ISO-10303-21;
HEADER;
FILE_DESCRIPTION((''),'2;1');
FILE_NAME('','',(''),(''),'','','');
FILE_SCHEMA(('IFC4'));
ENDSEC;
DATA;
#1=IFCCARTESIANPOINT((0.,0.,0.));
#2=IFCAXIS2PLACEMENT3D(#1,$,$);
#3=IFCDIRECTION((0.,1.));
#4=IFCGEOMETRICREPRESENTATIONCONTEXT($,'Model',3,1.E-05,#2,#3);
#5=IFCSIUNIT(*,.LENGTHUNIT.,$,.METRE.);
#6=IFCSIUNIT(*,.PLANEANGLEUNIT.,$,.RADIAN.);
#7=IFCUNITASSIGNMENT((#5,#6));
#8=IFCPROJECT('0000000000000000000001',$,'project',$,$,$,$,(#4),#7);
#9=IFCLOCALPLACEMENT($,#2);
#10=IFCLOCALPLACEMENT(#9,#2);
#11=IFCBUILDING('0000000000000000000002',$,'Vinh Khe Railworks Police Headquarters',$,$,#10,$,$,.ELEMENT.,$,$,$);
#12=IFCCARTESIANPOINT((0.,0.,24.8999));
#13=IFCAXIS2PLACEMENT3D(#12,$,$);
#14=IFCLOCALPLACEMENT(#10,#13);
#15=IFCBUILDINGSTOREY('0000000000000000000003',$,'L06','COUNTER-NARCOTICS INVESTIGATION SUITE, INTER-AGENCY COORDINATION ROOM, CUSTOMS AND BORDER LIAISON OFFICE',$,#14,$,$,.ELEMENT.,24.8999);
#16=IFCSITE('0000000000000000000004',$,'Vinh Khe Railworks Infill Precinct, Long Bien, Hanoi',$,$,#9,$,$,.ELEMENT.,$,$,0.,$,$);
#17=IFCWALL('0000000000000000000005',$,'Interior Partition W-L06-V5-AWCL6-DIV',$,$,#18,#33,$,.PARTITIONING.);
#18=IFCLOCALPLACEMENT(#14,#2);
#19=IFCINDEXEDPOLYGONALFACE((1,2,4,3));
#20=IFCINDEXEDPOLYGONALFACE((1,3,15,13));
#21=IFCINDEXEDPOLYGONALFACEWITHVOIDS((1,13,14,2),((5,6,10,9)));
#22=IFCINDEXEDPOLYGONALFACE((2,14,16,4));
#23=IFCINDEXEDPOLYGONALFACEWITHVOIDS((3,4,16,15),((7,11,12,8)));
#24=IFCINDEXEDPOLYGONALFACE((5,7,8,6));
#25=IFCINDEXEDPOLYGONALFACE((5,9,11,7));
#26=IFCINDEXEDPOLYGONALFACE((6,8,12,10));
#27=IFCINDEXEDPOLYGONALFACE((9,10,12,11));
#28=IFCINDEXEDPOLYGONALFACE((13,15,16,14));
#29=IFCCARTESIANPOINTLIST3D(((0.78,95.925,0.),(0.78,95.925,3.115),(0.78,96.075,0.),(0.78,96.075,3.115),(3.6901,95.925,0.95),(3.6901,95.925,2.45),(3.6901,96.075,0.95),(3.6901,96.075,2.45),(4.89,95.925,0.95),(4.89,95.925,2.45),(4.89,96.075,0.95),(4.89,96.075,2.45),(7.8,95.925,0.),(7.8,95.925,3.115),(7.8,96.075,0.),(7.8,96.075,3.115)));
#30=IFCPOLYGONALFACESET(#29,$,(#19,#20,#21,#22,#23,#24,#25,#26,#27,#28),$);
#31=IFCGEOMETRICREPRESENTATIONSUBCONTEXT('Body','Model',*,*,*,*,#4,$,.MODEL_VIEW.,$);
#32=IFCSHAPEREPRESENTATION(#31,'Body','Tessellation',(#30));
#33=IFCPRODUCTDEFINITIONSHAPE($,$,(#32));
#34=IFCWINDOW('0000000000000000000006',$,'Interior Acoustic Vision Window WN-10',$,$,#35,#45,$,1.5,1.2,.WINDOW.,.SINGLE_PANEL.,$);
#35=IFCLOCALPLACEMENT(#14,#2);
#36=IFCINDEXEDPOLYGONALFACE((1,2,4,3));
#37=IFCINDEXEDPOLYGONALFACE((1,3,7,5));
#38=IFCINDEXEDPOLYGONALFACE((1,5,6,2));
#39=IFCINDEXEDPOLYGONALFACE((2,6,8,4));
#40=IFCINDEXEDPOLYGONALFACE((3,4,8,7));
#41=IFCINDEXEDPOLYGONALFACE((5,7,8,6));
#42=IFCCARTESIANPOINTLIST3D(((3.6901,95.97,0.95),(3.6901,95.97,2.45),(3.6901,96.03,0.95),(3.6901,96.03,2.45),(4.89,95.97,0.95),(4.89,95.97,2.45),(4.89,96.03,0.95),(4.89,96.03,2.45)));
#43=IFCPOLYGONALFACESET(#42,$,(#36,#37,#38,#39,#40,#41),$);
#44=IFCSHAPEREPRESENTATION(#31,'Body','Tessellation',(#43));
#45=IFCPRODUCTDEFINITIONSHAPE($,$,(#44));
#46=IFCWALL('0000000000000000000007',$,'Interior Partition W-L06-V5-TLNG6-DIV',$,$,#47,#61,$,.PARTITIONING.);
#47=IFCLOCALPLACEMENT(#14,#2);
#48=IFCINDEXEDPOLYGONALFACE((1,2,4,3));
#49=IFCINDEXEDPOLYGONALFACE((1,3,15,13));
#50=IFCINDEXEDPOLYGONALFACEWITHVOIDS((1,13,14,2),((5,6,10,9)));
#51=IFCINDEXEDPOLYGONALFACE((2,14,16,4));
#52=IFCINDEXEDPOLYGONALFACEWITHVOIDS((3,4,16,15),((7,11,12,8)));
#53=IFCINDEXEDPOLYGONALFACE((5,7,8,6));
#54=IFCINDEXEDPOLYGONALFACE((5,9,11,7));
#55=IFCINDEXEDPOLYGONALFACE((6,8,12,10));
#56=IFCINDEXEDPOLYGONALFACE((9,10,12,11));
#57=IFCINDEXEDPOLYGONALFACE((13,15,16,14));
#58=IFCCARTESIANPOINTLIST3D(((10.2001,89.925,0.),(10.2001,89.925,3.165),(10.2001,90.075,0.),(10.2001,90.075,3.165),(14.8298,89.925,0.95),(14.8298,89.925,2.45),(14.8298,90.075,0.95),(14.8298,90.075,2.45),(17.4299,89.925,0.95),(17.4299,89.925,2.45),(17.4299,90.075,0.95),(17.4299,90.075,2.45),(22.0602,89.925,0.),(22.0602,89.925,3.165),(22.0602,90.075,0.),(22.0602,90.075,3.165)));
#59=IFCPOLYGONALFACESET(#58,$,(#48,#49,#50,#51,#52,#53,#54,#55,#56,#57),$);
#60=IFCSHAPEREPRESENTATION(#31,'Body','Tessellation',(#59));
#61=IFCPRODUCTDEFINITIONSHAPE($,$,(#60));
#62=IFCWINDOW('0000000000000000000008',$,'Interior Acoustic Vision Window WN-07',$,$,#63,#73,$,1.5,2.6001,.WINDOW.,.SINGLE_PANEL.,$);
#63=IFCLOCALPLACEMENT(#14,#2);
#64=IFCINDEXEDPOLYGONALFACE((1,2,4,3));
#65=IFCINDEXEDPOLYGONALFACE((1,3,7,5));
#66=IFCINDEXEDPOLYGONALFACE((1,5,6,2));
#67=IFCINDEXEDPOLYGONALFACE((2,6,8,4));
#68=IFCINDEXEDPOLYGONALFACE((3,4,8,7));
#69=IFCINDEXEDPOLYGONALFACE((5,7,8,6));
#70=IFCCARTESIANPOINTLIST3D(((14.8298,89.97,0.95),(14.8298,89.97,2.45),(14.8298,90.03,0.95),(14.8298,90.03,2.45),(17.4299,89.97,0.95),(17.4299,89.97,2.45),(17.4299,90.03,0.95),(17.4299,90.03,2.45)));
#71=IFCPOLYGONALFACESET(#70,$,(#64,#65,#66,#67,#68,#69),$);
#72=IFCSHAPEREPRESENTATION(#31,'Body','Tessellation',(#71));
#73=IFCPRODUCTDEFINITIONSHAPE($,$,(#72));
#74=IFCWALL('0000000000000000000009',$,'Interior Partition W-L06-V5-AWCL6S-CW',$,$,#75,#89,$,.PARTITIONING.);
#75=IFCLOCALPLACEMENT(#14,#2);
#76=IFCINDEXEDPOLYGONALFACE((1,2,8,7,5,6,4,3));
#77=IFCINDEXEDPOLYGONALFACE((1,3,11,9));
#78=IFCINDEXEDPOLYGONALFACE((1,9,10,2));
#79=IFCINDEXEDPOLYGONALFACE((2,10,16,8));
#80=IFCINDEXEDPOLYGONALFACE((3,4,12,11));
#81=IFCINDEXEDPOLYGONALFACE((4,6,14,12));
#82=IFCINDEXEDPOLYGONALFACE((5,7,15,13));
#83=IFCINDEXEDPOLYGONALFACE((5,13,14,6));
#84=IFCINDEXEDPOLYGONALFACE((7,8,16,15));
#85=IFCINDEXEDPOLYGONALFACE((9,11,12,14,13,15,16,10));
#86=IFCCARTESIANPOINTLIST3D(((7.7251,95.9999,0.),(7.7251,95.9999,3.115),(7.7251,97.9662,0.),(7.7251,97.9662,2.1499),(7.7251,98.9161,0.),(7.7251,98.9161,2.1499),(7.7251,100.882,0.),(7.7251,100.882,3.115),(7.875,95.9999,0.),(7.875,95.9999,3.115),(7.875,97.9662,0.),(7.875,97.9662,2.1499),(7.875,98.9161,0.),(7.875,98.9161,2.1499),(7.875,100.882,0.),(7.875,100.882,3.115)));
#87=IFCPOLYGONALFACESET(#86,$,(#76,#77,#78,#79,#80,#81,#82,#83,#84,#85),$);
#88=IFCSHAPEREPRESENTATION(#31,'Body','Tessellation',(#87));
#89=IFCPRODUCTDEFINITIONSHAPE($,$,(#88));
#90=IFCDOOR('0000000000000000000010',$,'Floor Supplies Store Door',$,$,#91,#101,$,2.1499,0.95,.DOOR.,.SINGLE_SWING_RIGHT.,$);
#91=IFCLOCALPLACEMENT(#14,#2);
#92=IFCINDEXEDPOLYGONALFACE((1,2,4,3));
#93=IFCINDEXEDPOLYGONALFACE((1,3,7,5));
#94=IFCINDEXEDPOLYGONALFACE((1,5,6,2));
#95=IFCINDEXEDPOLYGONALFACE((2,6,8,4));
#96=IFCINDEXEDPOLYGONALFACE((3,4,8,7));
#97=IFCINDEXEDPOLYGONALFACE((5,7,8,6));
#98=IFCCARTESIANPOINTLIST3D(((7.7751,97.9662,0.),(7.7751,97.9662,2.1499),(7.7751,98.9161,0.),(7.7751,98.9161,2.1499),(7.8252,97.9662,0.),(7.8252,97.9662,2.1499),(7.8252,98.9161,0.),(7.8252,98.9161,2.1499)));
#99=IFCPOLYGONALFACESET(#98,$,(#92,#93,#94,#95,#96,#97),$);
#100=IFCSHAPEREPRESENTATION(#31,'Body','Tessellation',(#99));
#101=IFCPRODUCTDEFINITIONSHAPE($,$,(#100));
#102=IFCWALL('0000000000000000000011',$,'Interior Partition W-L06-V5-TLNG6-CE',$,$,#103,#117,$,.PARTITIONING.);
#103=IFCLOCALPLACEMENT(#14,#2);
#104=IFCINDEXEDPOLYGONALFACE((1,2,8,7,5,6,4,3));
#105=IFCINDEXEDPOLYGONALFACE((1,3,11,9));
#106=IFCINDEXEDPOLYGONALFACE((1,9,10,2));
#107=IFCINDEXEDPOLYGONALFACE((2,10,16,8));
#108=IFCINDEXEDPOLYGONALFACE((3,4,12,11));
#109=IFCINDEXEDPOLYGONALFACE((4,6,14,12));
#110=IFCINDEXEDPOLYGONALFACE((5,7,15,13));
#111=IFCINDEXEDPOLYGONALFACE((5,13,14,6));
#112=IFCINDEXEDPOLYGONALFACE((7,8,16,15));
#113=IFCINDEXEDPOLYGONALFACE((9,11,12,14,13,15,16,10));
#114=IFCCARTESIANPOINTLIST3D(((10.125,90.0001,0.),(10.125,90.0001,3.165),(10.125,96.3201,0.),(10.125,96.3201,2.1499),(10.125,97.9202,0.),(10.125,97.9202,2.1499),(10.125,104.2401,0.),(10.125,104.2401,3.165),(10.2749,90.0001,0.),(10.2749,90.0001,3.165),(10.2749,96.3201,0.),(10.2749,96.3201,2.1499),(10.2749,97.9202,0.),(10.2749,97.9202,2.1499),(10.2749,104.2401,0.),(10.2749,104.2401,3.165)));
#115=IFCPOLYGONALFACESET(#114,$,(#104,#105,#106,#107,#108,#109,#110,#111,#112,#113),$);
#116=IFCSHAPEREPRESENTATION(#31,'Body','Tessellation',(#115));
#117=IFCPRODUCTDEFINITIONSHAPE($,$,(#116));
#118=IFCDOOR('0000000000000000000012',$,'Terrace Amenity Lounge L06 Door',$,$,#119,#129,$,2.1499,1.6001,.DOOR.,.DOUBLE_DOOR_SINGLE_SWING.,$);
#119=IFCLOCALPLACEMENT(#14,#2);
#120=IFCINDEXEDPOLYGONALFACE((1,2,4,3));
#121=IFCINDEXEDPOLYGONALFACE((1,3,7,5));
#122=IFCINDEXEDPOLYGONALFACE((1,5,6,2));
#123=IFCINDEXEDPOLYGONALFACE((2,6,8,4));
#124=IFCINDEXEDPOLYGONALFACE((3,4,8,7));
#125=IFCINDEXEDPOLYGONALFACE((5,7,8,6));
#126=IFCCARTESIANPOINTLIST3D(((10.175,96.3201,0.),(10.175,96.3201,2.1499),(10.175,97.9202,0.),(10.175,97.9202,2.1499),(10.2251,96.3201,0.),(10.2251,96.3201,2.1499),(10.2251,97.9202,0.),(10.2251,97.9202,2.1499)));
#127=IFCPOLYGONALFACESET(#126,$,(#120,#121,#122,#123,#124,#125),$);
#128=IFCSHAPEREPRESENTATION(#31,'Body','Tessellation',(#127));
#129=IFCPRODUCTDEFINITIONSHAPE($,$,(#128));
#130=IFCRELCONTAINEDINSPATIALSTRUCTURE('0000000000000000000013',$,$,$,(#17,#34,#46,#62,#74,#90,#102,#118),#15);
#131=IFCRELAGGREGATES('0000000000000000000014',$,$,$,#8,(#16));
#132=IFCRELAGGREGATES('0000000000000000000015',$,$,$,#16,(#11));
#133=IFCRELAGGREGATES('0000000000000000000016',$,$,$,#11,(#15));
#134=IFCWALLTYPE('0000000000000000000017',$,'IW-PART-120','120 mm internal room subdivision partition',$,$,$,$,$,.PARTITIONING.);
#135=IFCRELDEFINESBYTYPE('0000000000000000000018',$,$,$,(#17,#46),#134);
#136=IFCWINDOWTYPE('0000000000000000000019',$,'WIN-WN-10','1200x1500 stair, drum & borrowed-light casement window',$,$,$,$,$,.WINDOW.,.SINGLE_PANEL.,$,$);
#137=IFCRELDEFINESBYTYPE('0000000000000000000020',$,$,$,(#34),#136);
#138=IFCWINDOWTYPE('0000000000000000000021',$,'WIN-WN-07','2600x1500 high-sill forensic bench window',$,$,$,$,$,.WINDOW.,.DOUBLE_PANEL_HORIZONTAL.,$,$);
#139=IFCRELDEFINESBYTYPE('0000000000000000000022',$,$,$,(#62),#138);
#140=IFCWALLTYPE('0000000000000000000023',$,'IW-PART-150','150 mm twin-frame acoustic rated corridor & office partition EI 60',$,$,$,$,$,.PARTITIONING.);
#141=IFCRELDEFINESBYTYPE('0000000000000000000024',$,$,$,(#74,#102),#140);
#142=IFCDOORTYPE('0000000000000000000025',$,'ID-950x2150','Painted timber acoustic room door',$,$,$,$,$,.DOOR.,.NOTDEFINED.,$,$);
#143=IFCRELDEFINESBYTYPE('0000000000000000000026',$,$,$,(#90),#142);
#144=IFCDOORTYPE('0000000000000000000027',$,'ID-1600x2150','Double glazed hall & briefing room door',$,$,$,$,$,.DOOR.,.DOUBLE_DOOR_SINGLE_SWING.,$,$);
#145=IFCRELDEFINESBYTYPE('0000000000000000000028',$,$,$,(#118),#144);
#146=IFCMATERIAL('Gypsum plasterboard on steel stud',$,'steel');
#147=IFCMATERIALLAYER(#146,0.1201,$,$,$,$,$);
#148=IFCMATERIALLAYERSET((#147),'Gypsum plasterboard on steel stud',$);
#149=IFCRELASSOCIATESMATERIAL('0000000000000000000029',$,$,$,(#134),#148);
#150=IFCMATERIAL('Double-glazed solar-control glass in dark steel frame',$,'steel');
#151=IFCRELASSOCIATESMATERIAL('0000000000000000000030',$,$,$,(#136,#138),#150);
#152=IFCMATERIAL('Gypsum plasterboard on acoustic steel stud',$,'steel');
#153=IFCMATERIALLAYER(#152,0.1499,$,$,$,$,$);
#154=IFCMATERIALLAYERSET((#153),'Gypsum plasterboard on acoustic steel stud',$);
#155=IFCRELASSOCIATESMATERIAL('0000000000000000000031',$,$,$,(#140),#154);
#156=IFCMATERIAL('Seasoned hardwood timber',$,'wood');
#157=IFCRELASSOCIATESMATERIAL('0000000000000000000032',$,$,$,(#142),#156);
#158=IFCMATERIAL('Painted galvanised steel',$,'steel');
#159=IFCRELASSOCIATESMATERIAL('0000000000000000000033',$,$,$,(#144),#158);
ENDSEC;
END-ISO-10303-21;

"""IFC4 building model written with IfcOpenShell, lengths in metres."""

from ifc_helpers import new_model, si_unit, direction, frame, frame_2d, origin, place, context, subcontext, project, spatial, rectangle, extrude, material, layer, layer_set, type_object, element, fill, save


model = new_model("IFC4")

# Units and contexts
model_context = context("Model", 3, precision=1e-05, world=origin(), true_north=direction((0.0, 1.0)))
body_context = subcontext(model_context, "Body", "Model", "MODEL_VIEW")
ifc_project = project(units=[si_unit("LENGTHUNIT", "METRE"), si_unit("PLANEANGLEUNIT", "RADIAN")], contexts=[model_context])

# Site, building, storey
site_placement = place(None, origin())
site = spatial("IfcSite", under=ifc_project, at=site_placement, Name="Vinh Khe Railworks Infill Precinct, Long Bien, Hanoi", CompositionType="ELEMENT", RefElevation=0.0)
building_placement = place(site_placement, origin())
building = spatial("IfcBuilding", under=site, at=building_placement, Name="Vinh Khe Railworks Police Headquarters", CompositionType="ELEMENT")
storey_placement = place(building_placement, frame((0.0, 0.0, 24.8999)))
storey = spatial("IfcBuildingStorey", under=building, at=storey_placement, Name="L06", Description="COUNTER-NARCOTICS INVESTIGATION SUITE, INTER-AGENCY COORDINATION ROOM, CUSTOMS AND BORDER LIAISON OFFICE", CompositionType="ELEMENT", Elevation=24.8999)

# Walls, openings, windows
ifc_material_1 = material(Name="Gypsum plasterboard on steel stud", Category="steel")
ifc_layer_1 = layer(ifc_material_1, 0.1201)
ifc_layer_set_1 = layer_set([ifc_layer_1], Name="Gypsum plasterboard on steel stud")
wall_type_1 = type_object("IfcWallType", Name="IW-PART-120", Description="120 mm internal room subdivision partition", PredefinedType="PARTITIONING", material=ifc_layer_set_1)
ifc_material_2 = material(Name="Double-glazed solar-control glass in dark steel frame", Category="steel")
window_type_1 = type_object("IfcWindowType", Name="WIN-WN-10", Description="1200x1500 stair, drum & borrowed-light casement window", PartitioningType="SINGLE_PANEL", PredefinedType="WINDOW", material=ifc_material_2)
wall_1_placement = place(storey_placement, frame((0.78, 96.0, 0.0), z_axis=(0.0, 0.0, 1.0), x_axis=(1.0, 0.0, 0.0)))
wall_1 = element("IfcWall", 1, at=wall_1_placement, inside=storey, type_object=wall_type_1, Name="Interior Partition W-L06-V5-AWCL6-DIV", PredefinedType="PARTITIONING", context=body_context, shape_type="SweptSolid", body=[
    extrude(rectangle(XDim=7.02, YDim=0.1499, at=frame_2d((3.51, 0.0))), origin(), (0.0, 0.0, 1.0), 3.115),
])
opening_1_placement = place(wall_1_placement, frame((2.9099, 0.0, 0.95)))
opening_1 = element("IfcOpeningElement", 2, at=opening_1_placement, cuts=wall_1, PredefinedType="OPENING", context=body_context, shape_type="SweptSolid", body=[
    extrude(rectangle(XDim=1.2, YDim=1.5, at=frame_2d((0.6001, 0.75))), frame((0.0, 0.0898, 0.0), z_axis=(0.0, -1.0, 0.0), x_axis=(1.0, 0.0, 0.0)), (0.0, 0.0, 1.0), 0.1797),
])
window_1_placement = place(opening_1_placement, origin())
window_1 = element("IfcWindow", 3, at=window_1_placement, inside=storey, type_object=window_type_1, Name="Interior Acoustic Vision Window WN-10", OverallHeight=1.5, OverallWidth=1.2, PartitioningType="SINGLE_PANEL", PredefinedType="WINDOW", context=body_context, shape_type="SweptSolid", body=[
    extrude(rectangle(XDim=1.2, YDim=1.5, at=frame_2d((0.6001, 0.75))), frame((0.0, 0.03, 0.0), z_axis=(0.0, -1.0, 0.0), x_axis=(1.0, 0.0, 0.0)), (0.0, 0.0, 1.0), 0.0601),
])
fill(opening_1, window_1)
wall_2_placement = place(storey_placement, frame((10.2, 90.0, 0.0), z_axis=(0.0, 0.0, 1.0), x_axis=(1.0, 0.0, 0.0)))
wall_2 = element("IfcWall", 4, at=wall_2_placement, inside=storey, type_object=wall_type_1, Name="Interior Partition W-L06-V5-TLNG6-DIV", PredefinedType="PARTITIONING", context=body_context, shape_type="SweptSolid", body=[
    extrude(rectangle(XDim=11.8601, YDim=0.1499, at=frame_2d((5.9302, 0.0))), origin(), (0.0, 0.0, 1.0), 3.165),
])
opening_2_placement = place(wall_2_placement, frame((4.6299, 0.0, 0.95)))
opening_2 = element("IfcOpeningElement", 5, at=opening_2_placement, cuts=wall_2, PredefinedType="OPENING", context=body_context, shape_type="SweptSolid", body=[
    extrude(rectangle(XDim=2.6001, YDim=1.5, at=frame_2d((1.3, 0.75))), frame((0.0, 0.0898, 0.0), z_axis=(0.0, -1.0, 0.0), x_axis=(1.0, 0.0, 0.0)), (0.0, 0.0, 1.0), 0.1797),
])
window_type_2 = type_object("IfcWindowType", Name="WIN-WN-07", Description="2600x1500 high-sill forensic bench window", PartitioningType="DOUBLE_PANEL_HORIZONTAL", PredefinedType="WINDOW", material=ifc_material_2)
window_2_placement = place(opening_2_placement, origin())
window_2 = element("IfcWindow", 6, at=window_2_placement, inside=storey, type_object=window_type_2, Name="Interior Acoustic Vision Window WN-07", OverallHeight=1.5, OverallWidth=2.6001, PartitioningType="SINGLE_PANEL", PredefinedType="WINDOW", context=body_context, shape_type="SweptSolid", body=[
    extrude(rectangle(XDim=2.6001, YDim=1.5, at=frame_2d((1.3, 0.75))), frame((0.0, 0.03, 0.0), z_axis=(0.0, -1.0, 0.0), x_axis=(1.0, 0.0, 0.0)), (0.0, 0.0, 1.0), 0.0601),
])
fill(opening_2, window_2)

# Walls, openings, doors
ifc_material_3 = material(Name="Gypsum plasterboard on acoustic steel stud", Category="steel")
ifc_layer_2 = layer(ifc_material_3, 0.1499)
ifc_layer_set_2 = layer_set([ifc_layer_2], Name="Gypsum plasterboard on acoustic steel stud")
wall_type_2 = type_object("IfcWallType", Name="IW-PART-150", Description="150 mm twin-frame acoustic rated corridor & office partition EI 60", PredefinedType="PARTITIONING", material=ifc_layer_set_2)
ifc_material_4 = material(Name="Seasoned hardwood timber", Category="wood")
wall_3_placement = place(storey_placement, frame((7.8, 96.0, 0.0), z_axis=(0.0, 0.0, 1.0), x_axis=(0.0, 1.0, 0.0)))
wall_3 = element("IfcWall", 7, at=wall_3_placement, inside=storey, type_object=wall_type_2, Name="Interior Partition W-L06-V5-AWCL6S-CW", PredefinedType="PARTITIONING", context=body_context, shape_type="SweptSolid", body=[
    extrude(rectangle(XDim=4.8821, YDim=0.1499, at=frame_2d((2.4409, 0.0))), origin(), (0.0, 0.0, 1.0), 3.115),
])
opening_3_placement = place(wall_3_placement, frame((1.9661, 0.0, 0.0)))
opening_3 = element("IfcOpeningElement", 8, at=opening_3_placement, cuts=wall_3, PredefinedType="OPENING", context=body_context, shape_type="SweptSolid", body=[
    extrude(rectangle(XDim=0.95, YDim=2.1499, at=frame_2d((0.4751, 1.075))), frame((0.0, 0.0898, 0.0), z_axis=(0.0, -1.0, 0.0), x_axis=(1.0, 0.0, 0.0)), (0.0, 0.0, 1.0), 0.1797),
])
door_type_1 = type_object("IfcDoorType", Name="ID-950x2150", Description="Painted timber acoustic room door", OperationType="NOTDEFINED", PredefinedType="DOOR", material=ifc_material_4)
door_1_placement = place(opening_3_placement, origin())
door_1 = element("IfcDoor", 9, at=door_1_placement, inside=storey, type_object=door_type_1, Name="Floor Supplies Store Door", OperationType="SINGLE_SWING_RIGHT", OverallHeight=2.1499, OverallWidth=0.95, PredefinedType="DOOR", context=body_context, shape_type="SweptSolid", body=[
    extrude(rectangle(XDim=0.95, YDim=2.1499, at=frame_2d((0.4751, 1.075))), frame((0.0, 0.0249, 0.0), z_axis=(0.0, -1.0, 0.0), x_axis=(1.0, 0.0, 0.0)), (0.0, 0.0, 1.0), 0.05),
])
fill(opening_3, door_1)
wall_4_placement = place(storey_placement, frame((10.2, 90.0, 0.0), z_axis=(0.0, 0.0, 1.0), x_axis=(0.0, 1.0, 0.0)))
wall_4 = element("IfcWall", 10, at=wall_4_placement, inside=storey, type_object=wall_type_2, Name="Interior Partition W-L06-V5-TLNG6-CE", PredefinedType="PARTITIONING", context=body_context, shape_type="SweptSolid", body=[
    extrude(rectangle(XDim=14.24, YDim=0.1499, at=frame_2d((7.1201, 0.0))), origin(), (0.0, 0.0, 1.0), 3.165),
])
opening_4_placement = place(wall_4_placement, frame((6.3201, 0.0, 0.0)))
opening_4 = element("IfcOpeningElement", 11, at=opening_4_placement, cuts=wall_4, PredefinedType="OPENING", context=body_context, shape_type="SweptSolid", body=[
    extrude(rectangle(XDim=1.6001, YDim=2.1499, at=frame_2d((0.8, 1.075))), frame((0.0, 0.0898, 0.0), z_axis=(0.0, -1.0, 0.0), x_axis=(1.0, 0.0, 0.0)), (0.0, 0.0, 1.0), 0.1797),
])
ifc_material_5 = material(Name="Painted galvanised steel", Category="steel")
door_type_2 = type_object("IfcDoorType", Name="ID-1600x2150", Description="Double glazed hall & briefing room door", OperationType="DOUBLE_DOOR_SINGLE_SWING", PredefinedType="DOOR", material=ifc_material_5)
door_2_placement = place(opening_4_placement, origin())
door_2 = element("IfcDoor", 12, at=door_2_placement, inside=storey, type_object=door_type_2, Name="Terrace Amenity Lounge L06 Door", OperationType="DOUBLE_DOOR_SINGLE_SWING", OverallHeight=2.1499, OverallWidth=1.6001, PredefinedType="DOOR", context=body_context, shape_type="SweptSolid", body=[
    extrude(rectangle(XDim=1.6001, YDim=2.1499, at=frame_2d((0.8, 1.075))), frame((0.0, 0.0249, 0.0), z_axis=(0.0, -1.0, 0.0), x_axis=(1.0, 0.0, 0.0)), (0.0, 0.0, 1.0), 0.05),
])
fill(opening_4, door_2)

save(model, "model.ifc")
